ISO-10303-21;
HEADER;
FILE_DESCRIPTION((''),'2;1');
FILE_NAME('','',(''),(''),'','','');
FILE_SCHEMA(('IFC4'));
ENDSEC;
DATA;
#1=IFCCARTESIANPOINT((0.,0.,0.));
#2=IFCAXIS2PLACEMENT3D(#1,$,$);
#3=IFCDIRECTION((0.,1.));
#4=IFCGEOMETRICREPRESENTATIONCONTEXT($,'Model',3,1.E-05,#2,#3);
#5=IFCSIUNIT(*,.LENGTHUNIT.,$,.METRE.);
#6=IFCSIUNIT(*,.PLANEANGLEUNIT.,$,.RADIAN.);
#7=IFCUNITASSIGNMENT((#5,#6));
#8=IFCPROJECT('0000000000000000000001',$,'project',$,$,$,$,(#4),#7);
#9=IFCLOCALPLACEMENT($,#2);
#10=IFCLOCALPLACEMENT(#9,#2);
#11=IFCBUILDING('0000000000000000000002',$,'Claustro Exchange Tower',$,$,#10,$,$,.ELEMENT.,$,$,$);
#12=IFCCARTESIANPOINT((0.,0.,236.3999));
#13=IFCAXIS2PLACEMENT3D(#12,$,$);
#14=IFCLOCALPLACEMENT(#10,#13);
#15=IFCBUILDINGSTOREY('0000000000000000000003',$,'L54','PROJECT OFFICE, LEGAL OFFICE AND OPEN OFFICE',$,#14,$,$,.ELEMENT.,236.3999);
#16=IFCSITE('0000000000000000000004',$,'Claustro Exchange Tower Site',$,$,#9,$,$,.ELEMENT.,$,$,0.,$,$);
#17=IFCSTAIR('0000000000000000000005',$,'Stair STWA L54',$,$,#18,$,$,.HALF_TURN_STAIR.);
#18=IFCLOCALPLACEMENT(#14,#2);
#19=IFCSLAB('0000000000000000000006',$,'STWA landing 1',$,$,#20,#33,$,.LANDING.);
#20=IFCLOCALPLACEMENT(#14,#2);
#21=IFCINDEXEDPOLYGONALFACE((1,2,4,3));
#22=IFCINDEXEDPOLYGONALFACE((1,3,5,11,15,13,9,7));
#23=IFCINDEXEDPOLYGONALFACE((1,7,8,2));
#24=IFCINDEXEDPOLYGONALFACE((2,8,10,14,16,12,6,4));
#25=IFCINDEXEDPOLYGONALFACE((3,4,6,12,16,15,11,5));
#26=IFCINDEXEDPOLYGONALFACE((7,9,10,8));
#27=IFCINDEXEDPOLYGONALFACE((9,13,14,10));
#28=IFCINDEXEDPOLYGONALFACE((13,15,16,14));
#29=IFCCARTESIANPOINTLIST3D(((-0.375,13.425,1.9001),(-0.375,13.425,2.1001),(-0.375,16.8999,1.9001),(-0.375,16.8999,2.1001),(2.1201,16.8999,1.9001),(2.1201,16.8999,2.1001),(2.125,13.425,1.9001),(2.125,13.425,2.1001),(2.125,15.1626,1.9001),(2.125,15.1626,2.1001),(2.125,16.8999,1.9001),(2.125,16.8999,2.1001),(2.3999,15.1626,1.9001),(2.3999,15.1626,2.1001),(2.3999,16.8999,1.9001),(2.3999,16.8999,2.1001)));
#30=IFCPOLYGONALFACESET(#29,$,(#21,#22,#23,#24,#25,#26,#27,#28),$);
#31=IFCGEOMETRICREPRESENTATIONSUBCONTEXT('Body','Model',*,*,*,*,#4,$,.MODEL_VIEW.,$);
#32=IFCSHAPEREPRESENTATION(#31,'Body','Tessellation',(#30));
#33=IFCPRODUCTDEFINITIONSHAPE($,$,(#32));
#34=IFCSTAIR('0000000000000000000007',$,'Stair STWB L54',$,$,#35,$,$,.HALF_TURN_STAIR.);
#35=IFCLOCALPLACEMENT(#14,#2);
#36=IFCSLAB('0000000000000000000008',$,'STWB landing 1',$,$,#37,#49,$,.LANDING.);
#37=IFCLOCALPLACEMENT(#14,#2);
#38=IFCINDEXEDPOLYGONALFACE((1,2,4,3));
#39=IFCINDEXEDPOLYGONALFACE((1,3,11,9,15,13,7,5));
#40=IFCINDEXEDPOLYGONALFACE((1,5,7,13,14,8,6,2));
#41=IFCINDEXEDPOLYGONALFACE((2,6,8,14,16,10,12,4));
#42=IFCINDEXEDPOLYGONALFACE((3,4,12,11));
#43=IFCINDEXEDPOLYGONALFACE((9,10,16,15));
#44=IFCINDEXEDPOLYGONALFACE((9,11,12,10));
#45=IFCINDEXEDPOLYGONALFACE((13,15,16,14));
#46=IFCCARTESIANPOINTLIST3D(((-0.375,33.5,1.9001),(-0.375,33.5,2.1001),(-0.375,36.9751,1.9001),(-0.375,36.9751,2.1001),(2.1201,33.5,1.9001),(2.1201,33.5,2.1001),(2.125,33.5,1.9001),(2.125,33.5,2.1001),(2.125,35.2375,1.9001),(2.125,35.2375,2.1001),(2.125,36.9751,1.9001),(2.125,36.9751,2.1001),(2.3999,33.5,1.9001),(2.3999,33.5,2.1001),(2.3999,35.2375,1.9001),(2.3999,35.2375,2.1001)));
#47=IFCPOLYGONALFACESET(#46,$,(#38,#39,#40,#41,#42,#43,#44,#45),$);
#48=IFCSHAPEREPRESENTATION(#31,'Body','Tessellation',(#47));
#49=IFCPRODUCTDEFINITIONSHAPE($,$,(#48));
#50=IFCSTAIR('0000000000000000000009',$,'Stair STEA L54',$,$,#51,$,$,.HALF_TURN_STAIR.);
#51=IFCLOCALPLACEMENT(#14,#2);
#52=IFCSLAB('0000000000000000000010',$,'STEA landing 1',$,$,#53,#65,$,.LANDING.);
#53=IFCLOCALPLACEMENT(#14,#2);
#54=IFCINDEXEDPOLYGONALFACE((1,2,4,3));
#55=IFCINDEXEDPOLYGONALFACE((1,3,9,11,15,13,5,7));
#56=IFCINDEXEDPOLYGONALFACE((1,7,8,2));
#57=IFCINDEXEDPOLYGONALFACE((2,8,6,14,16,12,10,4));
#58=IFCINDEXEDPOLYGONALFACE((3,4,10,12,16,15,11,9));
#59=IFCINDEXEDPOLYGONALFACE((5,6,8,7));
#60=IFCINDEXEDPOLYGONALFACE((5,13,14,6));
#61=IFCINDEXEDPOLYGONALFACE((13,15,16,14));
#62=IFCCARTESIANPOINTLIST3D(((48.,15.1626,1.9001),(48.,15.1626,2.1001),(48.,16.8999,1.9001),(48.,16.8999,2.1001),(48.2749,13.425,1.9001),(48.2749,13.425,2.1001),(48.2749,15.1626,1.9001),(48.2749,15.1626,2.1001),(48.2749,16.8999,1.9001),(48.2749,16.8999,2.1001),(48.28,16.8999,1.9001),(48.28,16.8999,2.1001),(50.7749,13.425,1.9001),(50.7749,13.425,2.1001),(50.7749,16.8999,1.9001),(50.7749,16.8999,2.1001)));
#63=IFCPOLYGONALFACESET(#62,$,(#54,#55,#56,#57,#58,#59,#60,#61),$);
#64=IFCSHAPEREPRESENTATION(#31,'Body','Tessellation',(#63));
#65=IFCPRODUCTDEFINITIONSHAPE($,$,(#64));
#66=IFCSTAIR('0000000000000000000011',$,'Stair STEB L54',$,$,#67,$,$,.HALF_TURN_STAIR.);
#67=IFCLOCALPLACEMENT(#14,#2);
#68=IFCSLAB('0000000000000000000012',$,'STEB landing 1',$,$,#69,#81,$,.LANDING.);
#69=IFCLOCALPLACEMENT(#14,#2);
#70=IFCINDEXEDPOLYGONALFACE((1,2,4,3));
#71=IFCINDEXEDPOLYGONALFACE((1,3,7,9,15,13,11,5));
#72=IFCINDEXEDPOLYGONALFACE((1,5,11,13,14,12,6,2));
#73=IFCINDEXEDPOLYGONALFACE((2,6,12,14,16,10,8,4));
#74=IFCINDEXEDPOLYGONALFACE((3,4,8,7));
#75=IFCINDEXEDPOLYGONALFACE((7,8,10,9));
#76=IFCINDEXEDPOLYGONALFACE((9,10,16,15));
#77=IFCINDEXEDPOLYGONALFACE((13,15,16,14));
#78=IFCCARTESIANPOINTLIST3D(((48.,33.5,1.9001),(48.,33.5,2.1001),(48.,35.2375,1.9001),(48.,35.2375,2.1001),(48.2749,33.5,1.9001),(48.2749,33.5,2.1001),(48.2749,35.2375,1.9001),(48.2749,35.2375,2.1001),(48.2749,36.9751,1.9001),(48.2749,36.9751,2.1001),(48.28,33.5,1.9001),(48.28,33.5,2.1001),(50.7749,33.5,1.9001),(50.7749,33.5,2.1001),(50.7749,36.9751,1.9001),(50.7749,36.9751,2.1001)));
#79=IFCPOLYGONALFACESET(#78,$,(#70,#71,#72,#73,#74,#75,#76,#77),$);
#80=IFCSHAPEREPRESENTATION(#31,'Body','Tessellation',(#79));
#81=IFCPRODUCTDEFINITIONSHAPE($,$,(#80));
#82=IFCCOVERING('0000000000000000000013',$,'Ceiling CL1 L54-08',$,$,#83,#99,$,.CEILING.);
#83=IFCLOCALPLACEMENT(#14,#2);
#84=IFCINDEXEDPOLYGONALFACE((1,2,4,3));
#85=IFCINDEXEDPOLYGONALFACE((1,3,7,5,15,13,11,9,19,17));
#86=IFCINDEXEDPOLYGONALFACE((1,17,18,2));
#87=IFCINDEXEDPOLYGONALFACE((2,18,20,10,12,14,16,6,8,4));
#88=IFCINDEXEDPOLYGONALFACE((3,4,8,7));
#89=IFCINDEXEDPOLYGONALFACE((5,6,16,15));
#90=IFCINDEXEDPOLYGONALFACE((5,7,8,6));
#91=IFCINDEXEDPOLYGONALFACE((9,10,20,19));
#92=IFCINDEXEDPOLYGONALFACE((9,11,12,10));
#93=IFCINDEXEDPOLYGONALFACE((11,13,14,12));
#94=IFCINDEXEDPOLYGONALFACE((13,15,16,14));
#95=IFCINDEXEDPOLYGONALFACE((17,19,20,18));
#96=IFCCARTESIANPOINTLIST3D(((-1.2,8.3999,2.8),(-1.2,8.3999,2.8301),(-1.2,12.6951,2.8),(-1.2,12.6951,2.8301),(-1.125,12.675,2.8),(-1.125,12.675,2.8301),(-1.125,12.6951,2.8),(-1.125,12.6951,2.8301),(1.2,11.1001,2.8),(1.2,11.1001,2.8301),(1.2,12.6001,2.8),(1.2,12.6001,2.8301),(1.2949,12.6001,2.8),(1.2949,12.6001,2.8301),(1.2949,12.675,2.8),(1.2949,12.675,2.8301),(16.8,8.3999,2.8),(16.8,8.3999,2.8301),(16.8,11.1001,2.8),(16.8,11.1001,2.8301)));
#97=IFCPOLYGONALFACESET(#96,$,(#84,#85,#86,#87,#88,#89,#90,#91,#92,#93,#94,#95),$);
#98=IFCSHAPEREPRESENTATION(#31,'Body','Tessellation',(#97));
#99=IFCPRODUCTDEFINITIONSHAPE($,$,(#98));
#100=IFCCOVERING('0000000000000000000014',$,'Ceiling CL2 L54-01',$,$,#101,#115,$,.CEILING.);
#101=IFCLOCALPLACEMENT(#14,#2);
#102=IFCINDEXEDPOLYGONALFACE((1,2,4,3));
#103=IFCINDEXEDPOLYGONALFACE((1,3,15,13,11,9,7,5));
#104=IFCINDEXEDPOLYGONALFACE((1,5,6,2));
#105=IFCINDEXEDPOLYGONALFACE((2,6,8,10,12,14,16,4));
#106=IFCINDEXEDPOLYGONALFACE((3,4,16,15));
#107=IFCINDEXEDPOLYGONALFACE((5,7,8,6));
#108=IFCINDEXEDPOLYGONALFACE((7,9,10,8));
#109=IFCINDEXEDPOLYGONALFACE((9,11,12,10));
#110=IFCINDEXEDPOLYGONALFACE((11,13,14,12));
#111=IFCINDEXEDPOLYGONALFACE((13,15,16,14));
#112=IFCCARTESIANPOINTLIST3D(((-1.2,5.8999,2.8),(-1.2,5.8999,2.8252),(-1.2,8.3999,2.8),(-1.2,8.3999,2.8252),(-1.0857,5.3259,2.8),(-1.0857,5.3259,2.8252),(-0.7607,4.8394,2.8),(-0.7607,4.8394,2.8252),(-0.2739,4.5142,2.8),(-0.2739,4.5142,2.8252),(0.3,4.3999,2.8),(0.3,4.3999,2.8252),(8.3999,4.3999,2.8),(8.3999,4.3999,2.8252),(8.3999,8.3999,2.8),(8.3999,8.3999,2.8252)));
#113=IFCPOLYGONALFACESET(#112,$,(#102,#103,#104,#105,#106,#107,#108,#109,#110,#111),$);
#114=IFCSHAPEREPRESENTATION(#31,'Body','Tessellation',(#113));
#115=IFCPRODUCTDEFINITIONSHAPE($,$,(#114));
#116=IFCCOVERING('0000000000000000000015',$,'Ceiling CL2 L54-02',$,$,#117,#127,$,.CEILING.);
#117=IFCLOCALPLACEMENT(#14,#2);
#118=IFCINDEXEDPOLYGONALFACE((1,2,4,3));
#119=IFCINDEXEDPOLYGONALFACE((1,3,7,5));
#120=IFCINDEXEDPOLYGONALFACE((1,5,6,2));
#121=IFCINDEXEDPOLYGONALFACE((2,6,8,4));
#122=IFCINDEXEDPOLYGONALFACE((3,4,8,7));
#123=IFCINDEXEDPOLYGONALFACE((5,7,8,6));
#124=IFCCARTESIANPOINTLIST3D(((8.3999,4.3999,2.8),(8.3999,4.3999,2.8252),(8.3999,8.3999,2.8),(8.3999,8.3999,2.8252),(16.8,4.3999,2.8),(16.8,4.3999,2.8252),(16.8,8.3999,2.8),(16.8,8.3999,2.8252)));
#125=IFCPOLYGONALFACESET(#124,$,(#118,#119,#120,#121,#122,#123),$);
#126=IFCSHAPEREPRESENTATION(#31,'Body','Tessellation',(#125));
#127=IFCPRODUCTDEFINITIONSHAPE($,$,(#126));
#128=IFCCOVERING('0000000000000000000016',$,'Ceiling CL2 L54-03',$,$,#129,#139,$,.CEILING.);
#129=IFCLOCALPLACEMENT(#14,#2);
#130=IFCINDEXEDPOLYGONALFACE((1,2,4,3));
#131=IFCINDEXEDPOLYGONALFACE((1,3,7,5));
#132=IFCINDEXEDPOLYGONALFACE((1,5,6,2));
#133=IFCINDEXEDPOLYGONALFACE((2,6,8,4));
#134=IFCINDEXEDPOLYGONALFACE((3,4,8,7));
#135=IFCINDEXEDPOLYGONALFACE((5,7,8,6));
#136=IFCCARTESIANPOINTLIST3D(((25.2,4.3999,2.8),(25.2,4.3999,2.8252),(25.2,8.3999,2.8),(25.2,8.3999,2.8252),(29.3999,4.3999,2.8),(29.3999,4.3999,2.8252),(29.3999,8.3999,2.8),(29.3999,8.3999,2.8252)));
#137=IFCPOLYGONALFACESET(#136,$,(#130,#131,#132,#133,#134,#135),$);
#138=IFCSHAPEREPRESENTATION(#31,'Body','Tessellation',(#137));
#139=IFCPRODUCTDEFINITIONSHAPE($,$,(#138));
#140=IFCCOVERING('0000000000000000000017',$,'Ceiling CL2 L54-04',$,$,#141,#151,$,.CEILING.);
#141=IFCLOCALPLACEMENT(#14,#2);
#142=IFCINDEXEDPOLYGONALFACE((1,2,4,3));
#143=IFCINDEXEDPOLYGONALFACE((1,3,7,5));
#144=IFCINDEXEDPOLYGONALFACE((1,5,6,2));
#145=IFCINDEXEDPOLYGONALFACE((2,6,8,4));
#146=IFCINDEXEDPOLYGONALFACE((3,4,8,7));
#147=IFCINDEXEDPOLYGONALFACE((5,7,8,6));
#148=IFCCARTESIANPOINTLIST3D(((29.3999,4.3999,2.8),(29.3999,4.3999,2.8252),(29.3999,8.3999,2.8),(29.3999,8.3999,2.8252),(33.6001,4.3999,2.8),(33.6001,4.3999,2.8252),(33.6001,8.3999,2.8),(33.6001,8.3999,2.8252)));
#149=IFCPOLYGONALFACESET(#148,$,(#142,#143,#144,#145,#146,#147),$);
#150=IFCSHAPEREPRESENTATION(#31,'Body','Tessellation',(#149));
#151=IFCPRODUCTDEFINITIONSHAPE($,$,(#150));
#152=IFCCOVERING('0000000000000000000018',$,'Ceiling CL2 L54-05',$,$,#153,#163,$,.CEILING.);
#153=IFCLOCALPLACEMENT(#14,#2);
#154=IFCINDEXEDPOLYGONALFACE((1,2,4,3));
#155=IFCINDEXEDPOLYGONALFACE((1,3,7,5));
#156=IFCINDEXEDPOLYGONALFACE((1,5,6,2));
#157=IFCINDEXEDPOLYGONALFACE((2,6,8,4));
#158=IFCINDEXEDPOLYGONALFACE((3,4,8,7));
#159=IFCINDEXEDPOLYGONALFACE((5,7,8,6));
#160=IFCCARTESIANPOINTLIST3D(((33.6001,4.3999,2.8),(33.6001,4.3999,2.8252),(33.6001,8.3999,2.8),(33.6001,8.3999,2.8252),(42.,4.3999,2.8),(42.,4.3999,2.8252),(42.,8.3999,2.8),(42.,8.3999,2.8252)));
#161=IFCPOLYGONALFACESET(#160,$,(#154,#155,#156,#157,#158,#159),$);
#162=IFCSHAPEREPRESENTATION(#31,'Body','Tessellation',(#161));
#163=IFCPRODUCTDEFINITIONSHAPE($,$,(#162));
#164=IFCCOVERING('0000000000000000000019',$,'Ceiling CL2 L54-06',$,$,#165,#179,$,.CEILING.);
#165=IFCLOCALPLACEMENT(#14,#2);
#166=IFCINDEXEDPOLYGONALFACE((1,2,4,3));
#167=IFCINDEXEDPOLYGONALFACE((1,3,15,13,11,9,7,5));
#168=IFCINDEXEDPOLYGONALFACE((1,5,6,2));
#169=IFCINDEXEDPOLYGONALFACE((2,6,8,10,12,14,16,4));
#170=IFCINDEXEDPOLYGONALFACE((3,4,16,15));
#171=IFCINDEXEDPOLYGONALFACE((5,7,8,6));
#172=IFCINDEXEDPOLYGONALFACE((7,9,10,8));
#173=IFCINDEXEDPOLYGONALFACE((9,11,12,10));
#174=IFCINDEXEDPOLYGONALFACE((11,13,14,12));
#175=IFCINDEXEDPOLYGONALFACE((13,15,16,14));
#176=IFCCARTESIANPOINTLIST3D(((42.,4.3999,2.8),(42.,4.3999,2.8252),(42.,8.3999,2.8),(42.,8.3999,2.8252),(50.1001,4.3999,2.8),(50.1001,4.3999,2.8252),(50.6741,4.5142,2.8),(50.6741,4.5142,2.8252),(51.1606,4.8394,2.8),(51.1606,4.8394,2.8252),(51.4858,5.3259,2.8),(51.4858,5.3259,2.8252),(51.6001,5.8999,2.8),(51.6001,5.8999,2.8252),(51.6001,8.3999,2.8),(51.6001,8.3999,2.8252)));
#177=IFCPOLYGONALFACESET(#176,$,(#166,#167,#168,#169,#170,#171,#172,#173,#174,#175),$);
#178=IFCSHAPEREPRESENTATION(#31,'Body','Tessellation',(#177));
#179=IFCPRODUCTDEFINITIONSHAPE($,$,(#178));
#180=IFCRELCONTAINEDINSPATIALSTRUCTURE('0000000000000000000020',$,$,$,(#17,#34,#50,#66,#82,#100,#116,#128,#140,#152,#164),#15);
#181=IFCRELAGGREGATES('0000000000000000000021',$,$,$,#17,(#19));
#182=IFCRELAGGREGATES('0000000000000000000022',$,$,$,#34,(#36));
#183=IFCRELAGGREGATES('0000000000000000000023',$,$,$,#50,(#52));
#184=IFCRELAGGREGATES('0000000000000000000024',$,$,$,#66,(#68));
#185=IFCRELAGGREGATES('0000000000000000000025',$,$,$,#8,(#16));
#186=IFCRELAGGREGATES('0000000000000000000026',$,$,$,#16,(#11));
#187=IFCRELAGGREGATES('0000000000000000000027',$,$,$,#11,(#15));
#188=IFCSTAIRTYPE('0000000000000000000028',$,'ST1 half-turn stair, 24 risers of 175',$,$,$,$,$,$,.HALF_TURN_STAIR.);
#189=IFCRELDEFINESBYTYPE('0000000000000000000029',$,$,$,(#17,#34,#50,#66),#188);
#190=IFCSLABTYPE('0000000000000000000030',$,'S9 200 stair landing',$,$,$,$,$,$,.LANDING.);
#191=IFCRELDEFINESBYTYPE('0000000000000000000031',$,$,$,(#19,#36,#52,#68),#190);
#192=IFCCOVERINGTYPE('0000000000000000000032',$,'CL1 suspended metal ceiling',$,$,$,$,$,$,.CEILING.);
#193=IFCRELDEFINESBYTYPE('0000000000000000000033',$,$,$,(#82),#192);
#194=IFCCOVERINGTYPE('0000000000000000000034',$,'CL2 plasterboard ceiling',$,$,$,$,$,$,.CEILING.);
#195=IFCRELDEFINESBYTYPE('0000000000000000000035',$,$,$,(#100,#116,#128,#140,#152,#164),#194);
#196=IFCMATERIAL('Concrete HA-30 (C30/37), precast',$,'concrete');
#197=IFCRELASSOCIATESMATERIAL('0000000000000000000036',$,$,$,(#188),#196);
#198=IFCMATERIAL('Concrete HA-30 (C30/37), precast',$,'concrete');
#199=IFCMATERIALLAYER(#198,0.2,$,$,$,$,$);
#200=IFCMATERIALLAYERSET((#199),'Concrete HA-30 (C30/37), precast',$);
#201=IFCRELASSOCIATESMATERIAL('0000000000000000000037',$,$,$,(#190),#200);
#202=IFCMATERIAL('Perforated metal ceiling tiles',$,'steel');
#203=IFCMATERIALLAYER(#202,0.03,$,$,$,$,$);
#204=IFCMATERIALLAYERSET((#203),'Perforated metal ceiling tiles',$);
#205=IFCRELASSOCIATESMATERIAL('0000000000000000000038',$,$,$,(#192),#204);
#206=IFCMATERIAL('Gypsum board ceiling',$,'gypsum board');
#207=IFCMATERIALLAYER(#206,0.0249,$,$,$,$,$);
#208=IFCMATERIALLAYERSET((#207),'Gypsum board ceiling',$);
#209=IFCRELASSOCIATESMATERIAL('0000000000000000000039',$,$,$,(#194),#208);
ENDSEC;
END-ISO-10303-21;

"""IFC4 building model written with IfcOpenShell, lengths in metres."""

from ifc_helpers import new_model, si_unit, direction, frame, origin, place, context, subcontext, project, spatial, polyline, outline, extrude, material, layer, layer_set, type_object, element, aggregate, save


model = new_model("IFC4")

# Units and contexts
model_context = context("Model", 3, precision=1e-05, world=origin(), true_north=direction((0.0, 1.0)))
body_context = subcontext(model_context, "Body", "Model", "MODEL_VIEW")
ifc_project = project(units=[si_unit("LENGTHUNIT", "METRE"), si_unit("PLANEANGLEUNIT", "RADIAN")], contexts=[model_context])

# Site, building, storey
site_placement = place(None, origin())
site = spatial("IfcSite", under=ifc_project, at=site_placement, Name="Claustro Exchange Tower Site", CompositionType="ELEMENT", RefElevation=0.0)
building_placement = place(site_placement, origin())
building = spatial("IfcBuilding", under=site, at=building_placement, Name="Claustro Exchange Tower", CompositionType="ELEMENT")
storey_placement = place(building_placement, frame((0.0, 0.0, 236.3999)))
storey = spatial("IfcBuildingStorey", under=building, at=storey_placement, Name="L54", Description="PROJECT OFFICE, LEGAL OFFICE AND OPEN OFFICE", CompositionType="ELEMENT", Elevation=236.3999)

# Stairs, slabs
ifc_material_1 = material(Name="Concrete HA-30 (C30/37), precast", Category="concrete")
stair_type = type_object("IfcStairType", Name="ST1 half-turn stair, 24 risers of 175", PredefinedType="HALF_TURN_STAIR", material=ifc_material_1)
stair_1_placement = place(storey_placement, origin())
stair_1 = element("IfcStair", 1, at=stair_1_placement, inside=storey, type_object=stair_type, Name="Stair STWA L54", PredefinedType="HALF_TURN_STAIR")
ifc_material_2 = material(Name="Concrete HA-30 (C30/37), precast", Category="concrete")
ifc_layer_1 = layer(ifc_material_2, 0.2)
ifc_layer_set_1 = layer_set([ifc_layer_1], Name="Concrete HA-30 (C30/37), precast")
slab_type_1 = type_object("IfcSlabType", Name="S9 200 stair landing", PredefinedType="LANDING", material=ifc_layer_set_1)
slab_1_placement = place(storey_placement, frame((0.0, 0.0, 1.9001)))
slab_1 = element("IfcSlab", 2, at=slab_1_placement, type_object=slab_type_1, Name="STWA landing 1", PredefinedType="LANDING", context=body_context, shape_type="SweptSolid", body=[
    extrude(outline(polyline([(2.125, 13.425), (-0.375, 13.425), (-0.375, 16.8999), (2.1201, 16.8999), (2.125, 16.8999), (2.3999, 16.8999), (2.3999, 15.1626), (2.125, 15.1626), (2.125, 13.425)])), origin(), (0.0, 0.0, 1.0), 0.2),
])
aggregate(stair_1, [slab_1])
stair_2_placement = place(storey_placement, origin())
stair_2 = element("IfcStair", 3, at=stair_2_placement, inside=storey, type_object=stair_type, Name="Stair STWB L54", PredefinedType="HALF_TURN_STAIR")
slab_2_placement = place(storey_placement, frame((0.0, 0.0, 1.9001)))
slab_2 = element("IfcSlab", 4, at=slab_2_placement, type_object=slab_type_1, Name="STWB landing 1", PredefinedType="LANDING", context=body_context, shape_type="SweptSolid", body=[
    extrude(outline(polyline([(2.3999, 35.2375), (2.3999, 33.5), (2.125, 33.5), (2.1201, 33.5), (-0.375, 33.5), (-0.375, 36.9751), (2.125, 36.9751), (2.125, 35.2375), (2.3999, 35.2375)])), origin(), (0.0, 0.0, 1.0), 0.2),
])
aggregate(stair_2, [slab_2])
stair_3_placement = place(storey_placement, origin())
stair_3 = element("IfcStair", 5, at=stair_3_placement, inside=storey, type_object=stair_type, Name="Stair STEA L54", PredefinedType="HALF_TURN_STAIR")
slab_3_placement = place(storey_placement, frame((0.0, 0.0, 1.9001)))
slab_3 = element("IfcSlab", 6, at=slab_3_placement, type_object=slab_type_1, Name="STEA landing 1", PredefinedType="LANDING", context=body_context, shape_type="SweptSolid", body=[
    extrude(outline(polyline([(50.7749, 16.8999), (50.7749, 13.425), (48.2749, 13.425), (48.2749, 15.1626), (48.0, 15.1626), (48.0, 16.8999), (48.2749, 16.8999), (48.28, 16.8999), (50.7749, 16.8999)])), origin(), (0.0, 0.0, 1.0), 0.2),
])
aggregate(stair_3, [slab_3])
stair_4_placement = place(storey_placement, origin())
stair_4 = element("IfcStair", 7, at=stair_4_placement, inside=storey, type_object=stair_type, Name="Stair STEB L54", PredefinedType="HALF_TURN_STAIR")
slab_4_placement = place(storey_placement, frame((0.0, 0.0, 1.9001)))
slab_4 = element("IfcSlab", 8, at=slab_4_placement, type_object=slab_type_1, Name="STEB landing 1", PredefinedType="LANDING", context=body_context, shape_type="SweptSolid", body=[
    extrude(outline(polyline([(48.0, 33.5), (48.0, 35.2375), (48.2749, 35.2375), (48.2749, 36.9751), (50.7749, 36.9751), (50.7749, 33.5), (48.28, 33.5), (48.2749, 33.5), (48.0, 33.5)])), origin(), (0.0, 0.0, 1.0), 0.2),
])
aggregate(stair_4, [slab_4])

# Coverings
ifc_material_3 = material(Name="Perforated metal ceiling tiles", Category="steel")
ifc_layer_2 = layer(ifc_material_3, 0.03)
ifc_layer_set_2 = layer_set([ifc_layer_2], Name="Perforated metal ceiling tiles")
covering_type_1 = type_object("IfcCoveringType", Name="CL1 suspended metal ceiling", PredefinedType="CEILING", material=ifc_layer_set_2)
covering_1_placement = place(storey_placement, frame((0.0, 0.0, 2.8)))
element("IfcCovering", 9, at=covering_1_placement, inside=storey, type_object=covering_type_1, Name="Ceiling CL1 L54-08", PredefinedType="CEILING", context=body_context, shape_type="SweptSolid", body=[
    extrude(outline(polyline([(1.2, 11.1001), (1.2, 12.6001), (1.2949, 12.6001), (1.2949, 12.675), (-1.125, 12.675), (-1.125, 12.6951), (-1.2, 12.6951), (-1.2, 8.3999), (16.8, 8.3999), (16.8, 11.1001), (1.2, 11.1001)])), origin(), (0.0, 0.0, 1.0), 0.03),
])
ifc_material_4 = material(Name="Gypsum board ceiling", Category="gypsum board")
ifc_layer_3 = layer(ifc_material_4, 0.0249)
ifc_layer_set_3 = layer_set([ifc_layer_3], Name="Gypsum board ceiling")
covering_type_2 = type_object("IfcCoveringType", Name="CL2 plasterboard ceiling", PredefinedType="CEILING", material=ifc_layer_set_3)
covering_2_placement = place(storey_placement, frame((0.0, 0.0, 2.8)))
element("IfcCovering", 10, at=covering_2_placement, inside=storey, type_object=covering_type_2, Name="Ceiling CL2 L54-01", PredefinedType="CEILING", context=body_context, shape_type="SweptSolid", body=[
    extrude(outline(polyline([(-1.0857, 5.3259), (-0.7607, 4.8394), (-0.2739, 4.5142), (0.3, 4.3999), (8.3999, 4.3999), (8.3999, 8.3999), (-1.2, 8.3999), (-1.2, 5.8999), (-1.0857, 5.3259)])), origin(), (0.0, 0.0, 1.0), 0.0251),
])
covering_3_placement = place(storey_placement, frame((0.0, 0.0, 2.8)))
element("IfcCovering", 11, at=covering_3_placement, inside=storey, type_object=covering_type_2, Name="Ceiling CL2 L54-02", PredefinedType="CEILING", context=body_context, shape_type="SweptSolid", body=[
    extrude(outline(polyline([(8.3999, 4.3999), (16.8, 4.3999), (16.8, 8.3999), (8.3999, 8.3999), (8.3999, 4.3999)])), origin(), (0.0, 0.0, 1.0), 0.0251),
])
covering_4_placement = place(storey_placement, frame((0.0, 0.0, 2.8)))
element("IfcCovering", 12, at=covering_4_placement, inside=storey, type_object=covering_type_2, Name="Ceiling CL2 L54-03", PredefinedType="CEILING", context=body_context, shape_type="SweptSolid", body=[
    extrude(outline(polyline([(25.2, 4.3999), (29.3999, 4.3999), (29.3999, 8.3999), (25.2, 8.3999), (25.2, 4.3999)])), origin(), (0.0, 0.0, 1.0), 0.0251),
])
covering_5_placement = place(storey_placement, frame((0.0, 0.0, 2.8)))
element("IfcCovering", 13, at=covering_5_placement, inside=storey, type_object=covering_type_2, Name="Ceiling CL2 L54-04", PredefinedType="CEILING", context=body_context, shape_type="SweptSolid", body=[
    extrude(outline(polyline([(29.3999, 4.3999), (33.6001, 4.3999), (33.6001, 8.3999), (29.3999, 8.3999), (29.3999, 4.3999)])), origin(), (0.0, 0.0, 1.0), 0.0251),
])
covering_6_placement = place(storey_placement, frame((0.0, 0.0, 2.8)))
element("IfcCovering", 14, at=covering_6_placement, inside=storey, type_object=covering_type_2, Name="Ceiling CL2 L54-05", PredefinedType="CEILING", context=body_context, shape_type="SweptSolid", body=[
    extrude(outline(polyline([(33.6001, 4.3999), (42.0, 4.3999), (42.0, 8.3999), (33.6001, 8.3999), (33.6001, 4.3999)])), origin(), (0.0, 0.0, 1.0), 0.0251),
])
covering_7_placement = place(storey_placement, frame((0.0, 0.0, 2.8)))
element("IfcCovering", 15, at=covering_7_placement, inside=storey, type_object=covering_type_2, Name="Ceiling CL2 L54-06", PredefinedType="CEILING", context=body_context, shape_type="SweptSolid", body=[
    extrude(outline(polyline([(51.6001, 5.8999), (51.6001, 8.3999), (42.0, 8.3999), (42.0, 4.3999), (50.1001, 4.3999), (50.6741, 4.5142), (51.1606, 4.8394), (51.4858, 5.3259), (51.6001, 5.8999)])), origin(), (0.0, 0.0, 1.0), 0.0251),
])

save(model, "model.ifc")
